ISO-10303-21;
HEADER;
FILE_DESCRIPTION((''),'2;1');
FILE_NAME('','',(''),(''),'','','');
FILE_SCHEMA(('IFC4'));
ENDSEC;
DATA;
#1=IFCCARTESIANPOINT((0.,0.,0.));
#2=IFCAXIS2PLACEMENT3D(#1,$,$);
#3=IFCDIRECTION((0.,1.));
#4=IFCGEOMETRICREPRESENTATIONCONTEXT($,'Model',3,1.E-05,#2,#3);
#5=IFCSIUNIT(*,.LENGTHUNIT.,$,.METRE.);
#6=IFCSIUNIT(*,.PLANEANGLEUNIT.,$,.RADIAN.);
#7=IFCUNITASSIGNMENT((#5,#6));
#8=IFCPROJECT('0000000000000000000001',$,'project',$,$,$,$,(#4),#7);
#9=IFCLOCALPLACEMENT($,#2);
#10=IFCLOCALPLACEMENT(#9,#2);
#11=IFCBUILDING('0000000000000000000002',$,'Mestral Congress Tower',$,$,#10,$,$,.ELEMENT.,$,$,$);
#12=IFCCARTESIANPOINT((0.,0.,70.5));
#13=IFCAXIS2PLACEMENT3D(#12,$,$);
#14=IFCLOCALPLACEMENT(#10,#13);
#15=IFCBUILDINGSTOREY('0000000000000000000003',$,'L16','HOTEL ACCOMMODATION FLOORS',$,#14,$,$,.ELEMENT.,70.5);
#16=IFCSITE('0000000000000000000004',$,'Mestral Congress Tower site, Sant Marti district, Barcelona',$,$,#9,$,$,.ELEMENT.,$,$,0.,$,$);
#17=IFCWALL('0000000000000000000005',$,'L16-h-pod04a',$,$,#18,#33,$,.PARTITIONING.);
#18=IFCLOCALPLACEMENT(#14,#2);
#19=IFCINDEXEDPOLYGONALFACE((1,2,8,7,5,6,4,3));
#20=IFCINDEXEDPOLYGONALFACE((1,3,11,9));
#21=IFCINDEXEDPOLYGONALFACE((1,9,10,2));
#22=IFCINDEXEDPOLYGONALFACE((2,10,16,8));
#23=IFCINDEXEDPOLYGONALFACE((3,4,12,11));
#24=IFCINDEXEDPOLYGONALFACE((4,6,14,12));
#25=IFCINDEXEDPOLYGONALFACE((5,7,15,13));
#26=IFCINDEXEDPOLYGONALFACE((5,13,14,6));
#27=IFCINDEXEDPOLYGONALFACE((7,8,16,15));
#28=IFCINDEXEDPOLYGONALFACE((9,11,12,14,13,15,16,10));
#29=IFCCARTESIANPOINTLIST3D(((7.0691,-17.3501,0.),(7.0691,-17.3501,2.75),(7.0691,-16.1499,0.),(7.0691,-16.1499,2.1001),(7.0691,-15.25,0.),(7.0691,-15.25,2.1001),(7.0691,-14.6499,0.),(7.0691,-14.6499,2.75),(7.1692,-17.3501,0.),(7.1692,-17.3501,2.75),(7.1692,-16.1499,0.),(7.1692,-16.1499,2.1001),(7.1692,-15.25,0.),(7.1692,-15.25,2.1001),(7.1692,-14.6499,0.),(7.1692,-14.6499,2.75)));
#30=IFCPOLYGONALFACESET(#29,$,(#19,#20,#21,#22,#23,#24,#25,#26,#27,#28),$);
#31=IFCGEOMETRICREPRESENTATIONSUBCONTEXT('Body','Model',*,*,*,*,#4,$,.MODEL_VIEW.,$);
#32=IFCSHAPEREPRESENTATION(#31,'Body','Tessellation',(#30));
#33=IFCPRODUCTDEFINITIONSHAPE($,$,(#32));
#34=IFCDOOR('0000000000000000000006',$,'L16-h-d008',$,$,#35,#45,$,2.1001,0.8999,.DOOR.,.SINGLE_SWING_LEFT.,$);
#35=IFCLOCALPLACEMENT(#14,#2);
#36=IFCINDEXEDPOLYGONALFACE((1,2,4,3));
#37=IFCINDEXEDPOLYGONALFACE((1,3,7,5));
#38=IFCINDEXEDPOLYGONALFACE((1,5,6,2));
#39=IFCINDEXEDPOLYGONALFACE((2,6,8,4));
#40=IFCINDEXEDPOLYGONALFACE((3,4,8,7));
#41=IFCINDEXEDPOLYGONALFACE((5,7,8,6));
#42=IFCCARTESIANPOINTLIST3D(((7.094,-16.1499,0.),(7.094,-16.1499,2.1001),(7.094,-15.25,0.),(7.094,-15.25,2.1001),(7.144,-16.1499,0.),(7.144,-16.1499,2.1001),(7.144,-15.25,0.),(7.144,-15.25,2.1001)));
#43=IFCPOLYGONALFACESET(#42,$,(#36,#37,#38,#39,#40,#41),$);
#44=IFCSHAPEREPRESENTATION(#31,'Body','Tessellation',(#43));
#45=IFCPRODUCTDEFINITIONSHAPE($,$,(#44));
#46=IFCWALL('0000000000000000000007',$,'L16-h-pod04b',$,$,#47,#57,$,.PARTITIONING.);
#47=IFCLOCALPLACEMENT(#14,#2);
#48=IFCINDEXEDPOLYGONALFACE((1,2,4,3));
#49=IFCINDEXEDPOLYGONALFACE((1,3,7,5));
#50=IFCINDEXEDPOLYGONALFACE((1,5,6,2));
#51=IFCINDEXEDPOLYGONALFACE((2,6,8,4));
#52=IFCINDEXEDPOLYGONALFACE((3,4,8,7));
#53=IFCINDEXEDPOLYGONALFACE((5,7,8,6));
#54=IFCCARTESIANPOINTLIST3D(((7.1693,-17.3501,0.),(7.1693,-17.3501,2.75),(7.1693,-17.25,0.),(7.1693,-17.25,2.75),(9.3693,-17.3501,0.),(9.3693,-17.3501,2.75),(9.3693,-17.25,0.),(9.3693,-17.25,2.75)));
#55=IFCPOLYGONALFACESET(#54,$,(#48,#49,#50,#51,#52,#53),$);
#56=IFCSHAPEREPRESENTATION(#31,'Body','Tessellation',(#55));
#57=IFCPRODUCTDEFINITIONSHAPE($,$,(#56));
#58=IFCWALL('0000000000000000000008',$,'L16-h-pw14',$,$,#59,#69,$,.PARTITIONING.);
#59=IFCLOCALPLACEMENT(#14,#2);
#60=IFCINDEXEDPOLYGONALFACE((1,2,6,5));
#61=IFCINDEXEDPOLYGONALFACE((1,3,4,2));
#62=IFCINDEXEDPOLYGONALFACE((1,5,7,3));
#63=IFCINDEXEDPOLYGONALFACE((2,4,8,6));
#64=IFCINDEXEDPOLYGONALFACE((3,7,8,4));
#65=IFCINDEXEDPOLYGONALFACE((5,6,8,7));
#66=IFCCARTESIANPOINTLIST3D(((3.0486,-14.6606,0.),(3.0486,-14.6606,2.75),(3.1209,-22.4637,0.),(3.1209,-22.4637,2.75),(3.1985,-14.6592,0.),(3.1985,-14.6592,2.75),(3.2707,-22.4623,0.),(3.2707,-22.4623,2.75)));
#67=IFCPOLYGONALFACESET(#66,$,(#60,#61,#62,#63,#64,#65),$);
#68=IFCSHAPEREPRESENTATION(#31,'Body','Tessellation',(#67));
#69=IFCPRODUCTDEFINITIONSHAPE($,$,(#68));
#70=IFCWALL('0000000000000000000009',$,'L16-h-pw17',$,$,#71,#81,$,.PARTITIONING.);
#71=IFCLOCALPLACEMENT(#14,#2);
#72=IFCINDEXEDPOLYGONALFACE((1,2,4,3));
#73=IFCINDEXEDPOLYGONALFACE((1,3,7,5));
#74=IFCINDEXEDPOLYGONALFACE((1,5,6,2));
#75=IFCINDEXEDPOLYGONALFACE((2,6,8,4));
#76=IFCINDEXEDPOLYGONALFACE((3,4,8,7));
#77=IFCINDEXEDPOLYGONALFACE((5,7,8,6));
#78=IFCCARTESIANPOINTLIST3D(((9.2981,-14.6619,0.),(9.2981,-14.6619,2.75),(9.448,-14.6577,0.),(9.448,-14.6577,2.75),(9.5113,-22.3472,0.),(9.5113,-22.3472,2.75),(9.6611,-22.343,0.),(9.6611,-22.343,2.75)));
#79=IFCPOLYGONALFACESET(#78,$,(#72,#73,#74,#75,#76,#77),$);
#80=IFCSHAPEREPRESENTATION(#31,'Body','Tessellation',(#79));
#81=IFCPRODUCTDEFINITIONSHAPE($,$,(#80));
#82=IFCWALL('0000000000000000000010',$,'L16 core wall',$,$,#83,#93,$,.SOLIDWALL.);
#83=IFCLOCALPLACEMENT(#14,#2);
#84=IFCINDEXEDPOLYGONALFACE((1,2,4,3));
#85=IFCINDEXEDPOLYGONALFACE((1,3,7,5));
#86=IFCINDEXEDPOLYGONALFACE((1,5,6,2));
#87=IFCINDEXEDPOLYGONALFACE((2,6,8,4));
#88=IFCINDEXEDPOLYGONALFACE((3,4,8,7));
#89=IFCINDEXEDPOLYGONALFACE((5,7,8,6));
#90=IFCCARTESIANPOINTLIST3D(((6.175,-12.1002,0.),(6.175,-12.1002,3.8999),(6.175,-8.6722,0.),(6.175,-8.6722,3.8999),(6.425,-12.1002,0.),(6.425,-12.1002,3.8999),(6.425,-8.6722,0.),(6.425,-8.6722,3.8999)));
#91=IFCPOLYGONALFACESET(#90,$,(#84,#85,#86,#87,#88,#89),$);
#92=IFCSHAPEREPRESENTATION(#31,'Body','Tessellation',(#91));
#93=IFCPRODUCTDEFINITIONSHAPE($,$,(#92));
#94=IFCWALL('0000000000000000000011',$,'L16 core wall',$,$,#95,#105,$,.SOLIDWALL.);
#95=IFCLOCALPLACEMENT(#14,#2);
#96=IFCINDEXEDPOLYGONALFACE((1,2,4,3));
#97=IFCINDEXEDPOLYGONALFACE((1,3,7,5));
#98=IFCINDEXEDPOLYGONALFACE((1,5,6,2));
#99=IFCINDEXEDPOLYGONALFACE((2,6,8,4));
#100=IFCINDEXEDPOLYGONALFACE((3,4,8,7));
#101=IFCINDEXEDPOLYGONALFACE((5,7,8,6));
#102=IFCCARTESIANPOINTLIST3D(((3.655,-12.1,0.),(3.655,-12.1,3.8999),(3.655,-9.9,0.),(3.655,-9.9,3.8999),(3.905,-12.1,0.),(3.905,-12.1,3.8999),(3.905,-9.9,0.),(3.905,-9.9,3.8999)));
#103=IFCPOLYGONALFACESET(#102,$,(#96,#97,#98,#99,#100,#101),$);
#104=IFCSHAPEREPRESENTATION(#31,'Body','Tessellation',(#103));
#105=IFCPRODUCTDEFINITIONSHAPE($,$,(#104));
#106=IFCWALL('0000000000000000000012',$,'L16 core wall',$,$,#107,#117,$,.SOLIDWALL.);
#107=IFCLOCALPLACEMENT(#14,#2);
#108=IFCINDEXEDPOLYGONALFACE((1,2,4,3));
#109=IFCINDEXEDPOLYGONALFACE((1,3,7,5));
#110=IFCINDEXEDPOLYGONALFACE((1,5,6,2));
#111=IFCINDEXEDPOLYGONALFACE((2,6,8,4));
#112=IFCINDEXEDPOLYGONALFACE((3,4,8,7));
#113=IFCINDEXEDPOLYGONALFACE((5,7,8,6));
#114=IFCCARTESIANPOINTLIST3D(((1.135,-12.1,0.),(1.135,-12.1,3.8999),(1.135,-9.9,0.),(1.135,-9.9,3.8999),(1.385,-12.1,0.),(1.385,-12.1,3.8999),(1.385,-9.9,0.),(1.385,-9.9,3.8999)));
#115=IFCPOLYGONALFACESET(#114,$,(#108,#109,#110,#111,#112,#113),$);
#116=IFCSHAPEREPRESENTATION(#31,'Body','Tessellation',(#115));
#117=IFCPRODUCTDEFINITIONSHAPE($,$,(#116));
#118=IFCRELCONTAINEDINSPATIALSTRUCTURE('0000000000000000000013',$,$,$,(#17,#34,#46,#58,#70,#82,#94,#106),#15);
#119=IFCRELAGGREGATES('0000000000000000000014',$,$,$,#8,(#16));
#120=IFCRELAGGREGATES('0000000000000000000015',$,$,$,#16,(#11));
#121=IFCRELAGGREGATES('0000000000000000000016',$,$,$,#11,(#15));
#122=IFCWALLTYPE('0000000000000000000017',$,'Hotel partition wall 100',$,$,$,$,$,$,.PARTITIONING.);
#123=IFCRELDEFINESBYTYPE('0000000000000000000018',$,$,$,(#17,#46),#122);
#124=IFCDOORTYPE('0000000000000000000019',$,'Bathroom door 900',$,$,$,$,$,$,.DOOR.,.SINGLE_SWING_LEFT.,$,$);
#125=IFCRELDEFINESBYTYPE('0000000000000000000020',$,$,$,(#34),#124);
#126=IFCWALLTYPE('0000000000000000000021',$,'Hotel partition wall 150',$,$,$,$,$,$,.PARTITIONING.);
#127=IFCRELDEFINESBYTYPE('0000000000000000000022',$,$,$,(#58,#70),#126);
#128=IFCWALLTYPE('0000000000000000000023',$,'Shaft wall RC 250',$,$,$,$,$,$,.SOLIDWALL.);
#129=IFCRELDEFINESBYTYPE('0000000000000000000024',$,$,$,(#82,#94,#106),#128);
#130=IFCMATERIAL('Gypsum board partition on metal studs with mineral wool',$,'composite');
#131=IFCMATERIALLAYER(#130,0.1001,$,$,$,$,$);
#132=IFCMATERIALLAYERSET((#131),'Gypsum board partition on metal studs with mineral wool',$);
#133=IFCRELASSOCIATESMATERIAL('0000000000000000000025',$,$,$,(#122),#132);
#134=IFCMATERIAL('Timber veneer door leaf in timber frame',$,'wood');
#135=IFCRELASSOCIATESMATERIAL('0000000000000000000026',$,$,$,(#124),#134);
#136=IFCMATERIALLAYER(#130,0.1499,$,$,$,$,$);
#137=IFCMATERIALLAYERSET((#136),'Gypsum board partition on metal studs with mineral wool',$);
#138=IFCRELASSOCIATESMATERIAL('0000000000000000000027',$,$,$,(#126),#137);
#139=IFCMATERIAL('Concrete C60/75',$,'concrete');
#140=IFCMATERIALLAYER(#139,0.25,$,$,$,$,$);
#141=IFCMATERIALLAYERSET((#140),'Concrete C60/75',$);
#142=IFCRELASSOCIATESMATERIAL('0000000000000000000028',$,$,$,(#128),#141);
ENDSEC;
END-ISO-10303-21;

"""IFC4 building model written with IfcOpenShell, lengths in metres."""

from ifc_helpers import new_model, si_unit, direction, frame, frame_2d, origin, place, context, subcontext, project, spatial, rectangle, extrude, material, layer, layer_set, type_object, element, fill, save


model = new_model("IFC4")

# Units and contexts
model_context = context("Model", 3, precision=1e-05, world=origin(), true_north=direction((0.0, 1.0)))
body_context = subcontext(model_context, "Body", "Model", "MODEL_VIEW")
ifc_project = project(units=[si_unit("LENGTHUNIT", "METRE"), si_unit("PLANEANGLEUNIT", "RADIAN")], contexts=[model_context])

# Site, building, storey
site_placement = place(None, origin())
site = spatial("IfcSite", under=ifc_project, at=site_placement, Name="Mestral Congress Tower site, Sant Marti district, Barcelona", CompositionType="ELEMENT", RefElevation=0.0)
building_placement = place(site_placement, origin())
building = spatial("IfcBuilding", under=site, at=building_placement, Name="Mestral Congress Tower", CompositionType="ELEMENT")
storey_placement = place(building_placement, frame((0.0, 0.0, 70.5)))
storey = spatial("IfcBuildingStorey", under=building, at=storey_placement, Name="L16", Description="HOTEL ACCOMMODATION FLOORS", CompositionType="ELEMENT", Elevation=70.5)

# Wall, opening, door
ifc_material_1 = material(Name="Gypsum board partition on metal studs with mineral wool", Category="composite")
ifc_layer_1 = layer(ifc_material_1, 0.1001)
ifc_layer_set_1 = layer_set([ifc_layer_1], Name="Gypsum board partition on metal studs with mineral wool")
wall_type_1 = type_object("IfcWallType", Name="Hotel partition wall 100", PredefinedType="PARTITIONING", material=ifc_layer_set_1)
wall_1_placement = place(storey_placement, frame((7.1191, -14.6499, 0.0), z_axis=(0.0, 0.0, 1.0), x_axis=(0.0, -1.0, 0.0)))
wall_1 = element("IfcWall", 1, at=wall_1_placement, inside=storey, type_object=wall_type_1, Name="L16-h-pod04a", PredefinedType="PARTITIONING", context=body_context, shape_type="SweptSolid", body=[
    extrude(rectangle(XDim=2.7002, YDim=0.1001, at=frame_2d((1.3501, 0.0))), origin(), (0.0, 0.0, 1.0), 2.75),
])
opening_1_placement = place(wall_1_placement, frame((0.6001, 0.0, 0.0)))
opening_1 = element("IfcOpeningElement", 2, at=opening_1_placement, cuts=wall_1, PredefinedType="OPENING", context=body_context, shape_type="SweptSolid", body=[
    extrude(rectangle(XDim=0.8999, YDim=2.1001, at=frame_2d((0.45, 1.05))), frame((0.0, 0.0601, 0.0), z_axis=(0.0, -1.0, 0.0), x_axis=(1.0, 0.0, 0.0)), (0.0, 0.0, 1.0), 0.1201),
])
ifc_material_2 = material(Name="Timber veneer door leaf in timber frame", Category="wood")
door_type = type_object("IfcDoorType", Name="Bathroom door 900", OperationType="SINGLE_SWING_LEFT", PredefinedType="DOOR", material=ifc_material_2)
door_placement = place(opening_1_placement, origin())
door = element("IfcDoor", 3, at=door_placement, inside=storey, type_object=door_type, Name="L16-h-d008", OperationType="SINGLE_SWING_LEFT", OverallHeight=2.1001, OverallWidth=0.8999, PredefinedType="DOOR", context=body_context, shape_type="SweptSolid", body=[
    extrude(rectangle(XDim=0.8999, YDim=2.1001, at=frame_2d((0.45, 1.05))), frame((0.0, 0.0249, 0.0), z_axis=(0.0, -1.0, 0.0), x_axis=(1.0, 0.0, 0.0)), (0.0, 0.0, 1.0), 0.05),
])
fill(opening_1, door)

# Walls
wall_2_placement = place(storey_placement, frame((7.1692, -17.3, 0.0), z_axis=(0.0, 0.0, 1.0), x_axis=(1.0, 0.0, 0.0)))
element("IfcWall", 4, at=wall_2_placement, inside=storey, type_object=wall_type_1, Name="L16-h-pod04b", PredefinedType="PARTITIONING", context=body_context, shape_type="SweptSolid", body=[
    extrude(rectangle(XDim=2.2, YDim=0.1001, at=frame_2d((1.1001, 0.0))), origin(), (0.0, 0.0, 1.0), 2.75),
])
ifc_layer_2 = layer(ifc_material_1, 0.1499)
ifc_layer_set_2 = layer_set([ifc_layer_2], Name="Gypsum board partition on metal studs with mineral wool")
wall_type_2 = type_object("IfcWallType", Name="Hotel partition wall 150", PredefinedType="PARTITIONING", material=ifc_layer_set_2)
wall_3_placement = place(storey_placement, frame((3.1958, -22.4631, 0.0), z_axis=(0.0, 0.0, 1.0), x_axis=(-0.009261, 0.999957, 0.0)))
element("IfcWall", 5, at=wall_3_placement, inside=storey, type_object=wall_type_2, Name="L16-h-pw14", PredefinedType="PARTITIONING", context=body_context, shape_type="SweptSolid", body=[
    extrude(rectangle(XDim=7.8035, YDim=0.1499, at=frame_2d((3.9019, 0.0))), origin(), (0.0, 0.0, 1.0), 2.75),
])
wall_4_placement = place(storey_placement, frame((9.5862, -22.3452, 0.0), z_axis=(0.0, 0.0, 1.0), x_axis=(-0.027722, 0.999616, 0.0)))
element("IfcWall", 6, at=wall_4_placement, inside=storey, type_object=wall_type_2, Name="L16-h-pw17", PredefinedType="PARTITIONING", context=body_context, shape_type="SweptSolid", body=[
    extrude(rectangle(XDim=7.6882, YDim=0.1499, at=frame_2d((3.8442, 0.0))), origin(), (0.0, 0.0, 1.0), 2.75),
])
ifc_material_3 = material(Name="Concrete C60/75", Category="concrete")
ifc_layer_3 = layer(ifc_material_3, 0.25)
ifc_layer_set_3 = layer_set([ifc_layer_3], Name="Concrete C60/75")
wall_type_3 = type_object("IfcWallType", Name="Shaft wall RC 250", PredefinedType="SOLIDWALL", material=ifc_layer_set_3)
wall_5_placement = place(storey_placement, frame((6.3, -12.1001, 0.0), z_axis=(0.0, 0.0, 1.0), x_axis=(0.0, 1.0, 0.0)))
element("IfcWall", 7, at=wall_5_placement, inside=storey, type_object=wall_type_3, Name="L16 core wall", PredefinedType="SOLIDWALL", context=body_context, shape_type="SweptSolid", body=[
    extrude(rectangle(XDim=3.428, YDim=0.25, at=frame_2d((1.7139, 0.0))), origin(), (0.0, 0.0, 1.0), 3.8999),
])
for number, where, z_axis, x_axis, name in (
    (8, (3.78, -12.1001, 0.0), (0.0, 0.0, 1.0), (0.0, 1.0, 0.0), "L16 core wall"),
    (9, (1.26, -12.1001, 0.0), (0.0, 0.0, 1.0), (0.0, 1.0, 0.0), "L16 core wall"),
):
    element("IfcWall", number, at=place(storey_placement, frame(where, z_axis=z_axis, x_axis=x_axis)), inside=storey, type_object=wall_type_3, Name=name, PredefinedType="SOLIDWALL", context=body_context, shape_type="SweptSolid", body=[
        extrude(rectangle(XDim=2.2, YDim=0.25, at=frame_2d((1.1001, 0.0))), origin(), (0.0, 0.0, 1.0), 3.8999),
    ])

save(model, "model.ifc")
